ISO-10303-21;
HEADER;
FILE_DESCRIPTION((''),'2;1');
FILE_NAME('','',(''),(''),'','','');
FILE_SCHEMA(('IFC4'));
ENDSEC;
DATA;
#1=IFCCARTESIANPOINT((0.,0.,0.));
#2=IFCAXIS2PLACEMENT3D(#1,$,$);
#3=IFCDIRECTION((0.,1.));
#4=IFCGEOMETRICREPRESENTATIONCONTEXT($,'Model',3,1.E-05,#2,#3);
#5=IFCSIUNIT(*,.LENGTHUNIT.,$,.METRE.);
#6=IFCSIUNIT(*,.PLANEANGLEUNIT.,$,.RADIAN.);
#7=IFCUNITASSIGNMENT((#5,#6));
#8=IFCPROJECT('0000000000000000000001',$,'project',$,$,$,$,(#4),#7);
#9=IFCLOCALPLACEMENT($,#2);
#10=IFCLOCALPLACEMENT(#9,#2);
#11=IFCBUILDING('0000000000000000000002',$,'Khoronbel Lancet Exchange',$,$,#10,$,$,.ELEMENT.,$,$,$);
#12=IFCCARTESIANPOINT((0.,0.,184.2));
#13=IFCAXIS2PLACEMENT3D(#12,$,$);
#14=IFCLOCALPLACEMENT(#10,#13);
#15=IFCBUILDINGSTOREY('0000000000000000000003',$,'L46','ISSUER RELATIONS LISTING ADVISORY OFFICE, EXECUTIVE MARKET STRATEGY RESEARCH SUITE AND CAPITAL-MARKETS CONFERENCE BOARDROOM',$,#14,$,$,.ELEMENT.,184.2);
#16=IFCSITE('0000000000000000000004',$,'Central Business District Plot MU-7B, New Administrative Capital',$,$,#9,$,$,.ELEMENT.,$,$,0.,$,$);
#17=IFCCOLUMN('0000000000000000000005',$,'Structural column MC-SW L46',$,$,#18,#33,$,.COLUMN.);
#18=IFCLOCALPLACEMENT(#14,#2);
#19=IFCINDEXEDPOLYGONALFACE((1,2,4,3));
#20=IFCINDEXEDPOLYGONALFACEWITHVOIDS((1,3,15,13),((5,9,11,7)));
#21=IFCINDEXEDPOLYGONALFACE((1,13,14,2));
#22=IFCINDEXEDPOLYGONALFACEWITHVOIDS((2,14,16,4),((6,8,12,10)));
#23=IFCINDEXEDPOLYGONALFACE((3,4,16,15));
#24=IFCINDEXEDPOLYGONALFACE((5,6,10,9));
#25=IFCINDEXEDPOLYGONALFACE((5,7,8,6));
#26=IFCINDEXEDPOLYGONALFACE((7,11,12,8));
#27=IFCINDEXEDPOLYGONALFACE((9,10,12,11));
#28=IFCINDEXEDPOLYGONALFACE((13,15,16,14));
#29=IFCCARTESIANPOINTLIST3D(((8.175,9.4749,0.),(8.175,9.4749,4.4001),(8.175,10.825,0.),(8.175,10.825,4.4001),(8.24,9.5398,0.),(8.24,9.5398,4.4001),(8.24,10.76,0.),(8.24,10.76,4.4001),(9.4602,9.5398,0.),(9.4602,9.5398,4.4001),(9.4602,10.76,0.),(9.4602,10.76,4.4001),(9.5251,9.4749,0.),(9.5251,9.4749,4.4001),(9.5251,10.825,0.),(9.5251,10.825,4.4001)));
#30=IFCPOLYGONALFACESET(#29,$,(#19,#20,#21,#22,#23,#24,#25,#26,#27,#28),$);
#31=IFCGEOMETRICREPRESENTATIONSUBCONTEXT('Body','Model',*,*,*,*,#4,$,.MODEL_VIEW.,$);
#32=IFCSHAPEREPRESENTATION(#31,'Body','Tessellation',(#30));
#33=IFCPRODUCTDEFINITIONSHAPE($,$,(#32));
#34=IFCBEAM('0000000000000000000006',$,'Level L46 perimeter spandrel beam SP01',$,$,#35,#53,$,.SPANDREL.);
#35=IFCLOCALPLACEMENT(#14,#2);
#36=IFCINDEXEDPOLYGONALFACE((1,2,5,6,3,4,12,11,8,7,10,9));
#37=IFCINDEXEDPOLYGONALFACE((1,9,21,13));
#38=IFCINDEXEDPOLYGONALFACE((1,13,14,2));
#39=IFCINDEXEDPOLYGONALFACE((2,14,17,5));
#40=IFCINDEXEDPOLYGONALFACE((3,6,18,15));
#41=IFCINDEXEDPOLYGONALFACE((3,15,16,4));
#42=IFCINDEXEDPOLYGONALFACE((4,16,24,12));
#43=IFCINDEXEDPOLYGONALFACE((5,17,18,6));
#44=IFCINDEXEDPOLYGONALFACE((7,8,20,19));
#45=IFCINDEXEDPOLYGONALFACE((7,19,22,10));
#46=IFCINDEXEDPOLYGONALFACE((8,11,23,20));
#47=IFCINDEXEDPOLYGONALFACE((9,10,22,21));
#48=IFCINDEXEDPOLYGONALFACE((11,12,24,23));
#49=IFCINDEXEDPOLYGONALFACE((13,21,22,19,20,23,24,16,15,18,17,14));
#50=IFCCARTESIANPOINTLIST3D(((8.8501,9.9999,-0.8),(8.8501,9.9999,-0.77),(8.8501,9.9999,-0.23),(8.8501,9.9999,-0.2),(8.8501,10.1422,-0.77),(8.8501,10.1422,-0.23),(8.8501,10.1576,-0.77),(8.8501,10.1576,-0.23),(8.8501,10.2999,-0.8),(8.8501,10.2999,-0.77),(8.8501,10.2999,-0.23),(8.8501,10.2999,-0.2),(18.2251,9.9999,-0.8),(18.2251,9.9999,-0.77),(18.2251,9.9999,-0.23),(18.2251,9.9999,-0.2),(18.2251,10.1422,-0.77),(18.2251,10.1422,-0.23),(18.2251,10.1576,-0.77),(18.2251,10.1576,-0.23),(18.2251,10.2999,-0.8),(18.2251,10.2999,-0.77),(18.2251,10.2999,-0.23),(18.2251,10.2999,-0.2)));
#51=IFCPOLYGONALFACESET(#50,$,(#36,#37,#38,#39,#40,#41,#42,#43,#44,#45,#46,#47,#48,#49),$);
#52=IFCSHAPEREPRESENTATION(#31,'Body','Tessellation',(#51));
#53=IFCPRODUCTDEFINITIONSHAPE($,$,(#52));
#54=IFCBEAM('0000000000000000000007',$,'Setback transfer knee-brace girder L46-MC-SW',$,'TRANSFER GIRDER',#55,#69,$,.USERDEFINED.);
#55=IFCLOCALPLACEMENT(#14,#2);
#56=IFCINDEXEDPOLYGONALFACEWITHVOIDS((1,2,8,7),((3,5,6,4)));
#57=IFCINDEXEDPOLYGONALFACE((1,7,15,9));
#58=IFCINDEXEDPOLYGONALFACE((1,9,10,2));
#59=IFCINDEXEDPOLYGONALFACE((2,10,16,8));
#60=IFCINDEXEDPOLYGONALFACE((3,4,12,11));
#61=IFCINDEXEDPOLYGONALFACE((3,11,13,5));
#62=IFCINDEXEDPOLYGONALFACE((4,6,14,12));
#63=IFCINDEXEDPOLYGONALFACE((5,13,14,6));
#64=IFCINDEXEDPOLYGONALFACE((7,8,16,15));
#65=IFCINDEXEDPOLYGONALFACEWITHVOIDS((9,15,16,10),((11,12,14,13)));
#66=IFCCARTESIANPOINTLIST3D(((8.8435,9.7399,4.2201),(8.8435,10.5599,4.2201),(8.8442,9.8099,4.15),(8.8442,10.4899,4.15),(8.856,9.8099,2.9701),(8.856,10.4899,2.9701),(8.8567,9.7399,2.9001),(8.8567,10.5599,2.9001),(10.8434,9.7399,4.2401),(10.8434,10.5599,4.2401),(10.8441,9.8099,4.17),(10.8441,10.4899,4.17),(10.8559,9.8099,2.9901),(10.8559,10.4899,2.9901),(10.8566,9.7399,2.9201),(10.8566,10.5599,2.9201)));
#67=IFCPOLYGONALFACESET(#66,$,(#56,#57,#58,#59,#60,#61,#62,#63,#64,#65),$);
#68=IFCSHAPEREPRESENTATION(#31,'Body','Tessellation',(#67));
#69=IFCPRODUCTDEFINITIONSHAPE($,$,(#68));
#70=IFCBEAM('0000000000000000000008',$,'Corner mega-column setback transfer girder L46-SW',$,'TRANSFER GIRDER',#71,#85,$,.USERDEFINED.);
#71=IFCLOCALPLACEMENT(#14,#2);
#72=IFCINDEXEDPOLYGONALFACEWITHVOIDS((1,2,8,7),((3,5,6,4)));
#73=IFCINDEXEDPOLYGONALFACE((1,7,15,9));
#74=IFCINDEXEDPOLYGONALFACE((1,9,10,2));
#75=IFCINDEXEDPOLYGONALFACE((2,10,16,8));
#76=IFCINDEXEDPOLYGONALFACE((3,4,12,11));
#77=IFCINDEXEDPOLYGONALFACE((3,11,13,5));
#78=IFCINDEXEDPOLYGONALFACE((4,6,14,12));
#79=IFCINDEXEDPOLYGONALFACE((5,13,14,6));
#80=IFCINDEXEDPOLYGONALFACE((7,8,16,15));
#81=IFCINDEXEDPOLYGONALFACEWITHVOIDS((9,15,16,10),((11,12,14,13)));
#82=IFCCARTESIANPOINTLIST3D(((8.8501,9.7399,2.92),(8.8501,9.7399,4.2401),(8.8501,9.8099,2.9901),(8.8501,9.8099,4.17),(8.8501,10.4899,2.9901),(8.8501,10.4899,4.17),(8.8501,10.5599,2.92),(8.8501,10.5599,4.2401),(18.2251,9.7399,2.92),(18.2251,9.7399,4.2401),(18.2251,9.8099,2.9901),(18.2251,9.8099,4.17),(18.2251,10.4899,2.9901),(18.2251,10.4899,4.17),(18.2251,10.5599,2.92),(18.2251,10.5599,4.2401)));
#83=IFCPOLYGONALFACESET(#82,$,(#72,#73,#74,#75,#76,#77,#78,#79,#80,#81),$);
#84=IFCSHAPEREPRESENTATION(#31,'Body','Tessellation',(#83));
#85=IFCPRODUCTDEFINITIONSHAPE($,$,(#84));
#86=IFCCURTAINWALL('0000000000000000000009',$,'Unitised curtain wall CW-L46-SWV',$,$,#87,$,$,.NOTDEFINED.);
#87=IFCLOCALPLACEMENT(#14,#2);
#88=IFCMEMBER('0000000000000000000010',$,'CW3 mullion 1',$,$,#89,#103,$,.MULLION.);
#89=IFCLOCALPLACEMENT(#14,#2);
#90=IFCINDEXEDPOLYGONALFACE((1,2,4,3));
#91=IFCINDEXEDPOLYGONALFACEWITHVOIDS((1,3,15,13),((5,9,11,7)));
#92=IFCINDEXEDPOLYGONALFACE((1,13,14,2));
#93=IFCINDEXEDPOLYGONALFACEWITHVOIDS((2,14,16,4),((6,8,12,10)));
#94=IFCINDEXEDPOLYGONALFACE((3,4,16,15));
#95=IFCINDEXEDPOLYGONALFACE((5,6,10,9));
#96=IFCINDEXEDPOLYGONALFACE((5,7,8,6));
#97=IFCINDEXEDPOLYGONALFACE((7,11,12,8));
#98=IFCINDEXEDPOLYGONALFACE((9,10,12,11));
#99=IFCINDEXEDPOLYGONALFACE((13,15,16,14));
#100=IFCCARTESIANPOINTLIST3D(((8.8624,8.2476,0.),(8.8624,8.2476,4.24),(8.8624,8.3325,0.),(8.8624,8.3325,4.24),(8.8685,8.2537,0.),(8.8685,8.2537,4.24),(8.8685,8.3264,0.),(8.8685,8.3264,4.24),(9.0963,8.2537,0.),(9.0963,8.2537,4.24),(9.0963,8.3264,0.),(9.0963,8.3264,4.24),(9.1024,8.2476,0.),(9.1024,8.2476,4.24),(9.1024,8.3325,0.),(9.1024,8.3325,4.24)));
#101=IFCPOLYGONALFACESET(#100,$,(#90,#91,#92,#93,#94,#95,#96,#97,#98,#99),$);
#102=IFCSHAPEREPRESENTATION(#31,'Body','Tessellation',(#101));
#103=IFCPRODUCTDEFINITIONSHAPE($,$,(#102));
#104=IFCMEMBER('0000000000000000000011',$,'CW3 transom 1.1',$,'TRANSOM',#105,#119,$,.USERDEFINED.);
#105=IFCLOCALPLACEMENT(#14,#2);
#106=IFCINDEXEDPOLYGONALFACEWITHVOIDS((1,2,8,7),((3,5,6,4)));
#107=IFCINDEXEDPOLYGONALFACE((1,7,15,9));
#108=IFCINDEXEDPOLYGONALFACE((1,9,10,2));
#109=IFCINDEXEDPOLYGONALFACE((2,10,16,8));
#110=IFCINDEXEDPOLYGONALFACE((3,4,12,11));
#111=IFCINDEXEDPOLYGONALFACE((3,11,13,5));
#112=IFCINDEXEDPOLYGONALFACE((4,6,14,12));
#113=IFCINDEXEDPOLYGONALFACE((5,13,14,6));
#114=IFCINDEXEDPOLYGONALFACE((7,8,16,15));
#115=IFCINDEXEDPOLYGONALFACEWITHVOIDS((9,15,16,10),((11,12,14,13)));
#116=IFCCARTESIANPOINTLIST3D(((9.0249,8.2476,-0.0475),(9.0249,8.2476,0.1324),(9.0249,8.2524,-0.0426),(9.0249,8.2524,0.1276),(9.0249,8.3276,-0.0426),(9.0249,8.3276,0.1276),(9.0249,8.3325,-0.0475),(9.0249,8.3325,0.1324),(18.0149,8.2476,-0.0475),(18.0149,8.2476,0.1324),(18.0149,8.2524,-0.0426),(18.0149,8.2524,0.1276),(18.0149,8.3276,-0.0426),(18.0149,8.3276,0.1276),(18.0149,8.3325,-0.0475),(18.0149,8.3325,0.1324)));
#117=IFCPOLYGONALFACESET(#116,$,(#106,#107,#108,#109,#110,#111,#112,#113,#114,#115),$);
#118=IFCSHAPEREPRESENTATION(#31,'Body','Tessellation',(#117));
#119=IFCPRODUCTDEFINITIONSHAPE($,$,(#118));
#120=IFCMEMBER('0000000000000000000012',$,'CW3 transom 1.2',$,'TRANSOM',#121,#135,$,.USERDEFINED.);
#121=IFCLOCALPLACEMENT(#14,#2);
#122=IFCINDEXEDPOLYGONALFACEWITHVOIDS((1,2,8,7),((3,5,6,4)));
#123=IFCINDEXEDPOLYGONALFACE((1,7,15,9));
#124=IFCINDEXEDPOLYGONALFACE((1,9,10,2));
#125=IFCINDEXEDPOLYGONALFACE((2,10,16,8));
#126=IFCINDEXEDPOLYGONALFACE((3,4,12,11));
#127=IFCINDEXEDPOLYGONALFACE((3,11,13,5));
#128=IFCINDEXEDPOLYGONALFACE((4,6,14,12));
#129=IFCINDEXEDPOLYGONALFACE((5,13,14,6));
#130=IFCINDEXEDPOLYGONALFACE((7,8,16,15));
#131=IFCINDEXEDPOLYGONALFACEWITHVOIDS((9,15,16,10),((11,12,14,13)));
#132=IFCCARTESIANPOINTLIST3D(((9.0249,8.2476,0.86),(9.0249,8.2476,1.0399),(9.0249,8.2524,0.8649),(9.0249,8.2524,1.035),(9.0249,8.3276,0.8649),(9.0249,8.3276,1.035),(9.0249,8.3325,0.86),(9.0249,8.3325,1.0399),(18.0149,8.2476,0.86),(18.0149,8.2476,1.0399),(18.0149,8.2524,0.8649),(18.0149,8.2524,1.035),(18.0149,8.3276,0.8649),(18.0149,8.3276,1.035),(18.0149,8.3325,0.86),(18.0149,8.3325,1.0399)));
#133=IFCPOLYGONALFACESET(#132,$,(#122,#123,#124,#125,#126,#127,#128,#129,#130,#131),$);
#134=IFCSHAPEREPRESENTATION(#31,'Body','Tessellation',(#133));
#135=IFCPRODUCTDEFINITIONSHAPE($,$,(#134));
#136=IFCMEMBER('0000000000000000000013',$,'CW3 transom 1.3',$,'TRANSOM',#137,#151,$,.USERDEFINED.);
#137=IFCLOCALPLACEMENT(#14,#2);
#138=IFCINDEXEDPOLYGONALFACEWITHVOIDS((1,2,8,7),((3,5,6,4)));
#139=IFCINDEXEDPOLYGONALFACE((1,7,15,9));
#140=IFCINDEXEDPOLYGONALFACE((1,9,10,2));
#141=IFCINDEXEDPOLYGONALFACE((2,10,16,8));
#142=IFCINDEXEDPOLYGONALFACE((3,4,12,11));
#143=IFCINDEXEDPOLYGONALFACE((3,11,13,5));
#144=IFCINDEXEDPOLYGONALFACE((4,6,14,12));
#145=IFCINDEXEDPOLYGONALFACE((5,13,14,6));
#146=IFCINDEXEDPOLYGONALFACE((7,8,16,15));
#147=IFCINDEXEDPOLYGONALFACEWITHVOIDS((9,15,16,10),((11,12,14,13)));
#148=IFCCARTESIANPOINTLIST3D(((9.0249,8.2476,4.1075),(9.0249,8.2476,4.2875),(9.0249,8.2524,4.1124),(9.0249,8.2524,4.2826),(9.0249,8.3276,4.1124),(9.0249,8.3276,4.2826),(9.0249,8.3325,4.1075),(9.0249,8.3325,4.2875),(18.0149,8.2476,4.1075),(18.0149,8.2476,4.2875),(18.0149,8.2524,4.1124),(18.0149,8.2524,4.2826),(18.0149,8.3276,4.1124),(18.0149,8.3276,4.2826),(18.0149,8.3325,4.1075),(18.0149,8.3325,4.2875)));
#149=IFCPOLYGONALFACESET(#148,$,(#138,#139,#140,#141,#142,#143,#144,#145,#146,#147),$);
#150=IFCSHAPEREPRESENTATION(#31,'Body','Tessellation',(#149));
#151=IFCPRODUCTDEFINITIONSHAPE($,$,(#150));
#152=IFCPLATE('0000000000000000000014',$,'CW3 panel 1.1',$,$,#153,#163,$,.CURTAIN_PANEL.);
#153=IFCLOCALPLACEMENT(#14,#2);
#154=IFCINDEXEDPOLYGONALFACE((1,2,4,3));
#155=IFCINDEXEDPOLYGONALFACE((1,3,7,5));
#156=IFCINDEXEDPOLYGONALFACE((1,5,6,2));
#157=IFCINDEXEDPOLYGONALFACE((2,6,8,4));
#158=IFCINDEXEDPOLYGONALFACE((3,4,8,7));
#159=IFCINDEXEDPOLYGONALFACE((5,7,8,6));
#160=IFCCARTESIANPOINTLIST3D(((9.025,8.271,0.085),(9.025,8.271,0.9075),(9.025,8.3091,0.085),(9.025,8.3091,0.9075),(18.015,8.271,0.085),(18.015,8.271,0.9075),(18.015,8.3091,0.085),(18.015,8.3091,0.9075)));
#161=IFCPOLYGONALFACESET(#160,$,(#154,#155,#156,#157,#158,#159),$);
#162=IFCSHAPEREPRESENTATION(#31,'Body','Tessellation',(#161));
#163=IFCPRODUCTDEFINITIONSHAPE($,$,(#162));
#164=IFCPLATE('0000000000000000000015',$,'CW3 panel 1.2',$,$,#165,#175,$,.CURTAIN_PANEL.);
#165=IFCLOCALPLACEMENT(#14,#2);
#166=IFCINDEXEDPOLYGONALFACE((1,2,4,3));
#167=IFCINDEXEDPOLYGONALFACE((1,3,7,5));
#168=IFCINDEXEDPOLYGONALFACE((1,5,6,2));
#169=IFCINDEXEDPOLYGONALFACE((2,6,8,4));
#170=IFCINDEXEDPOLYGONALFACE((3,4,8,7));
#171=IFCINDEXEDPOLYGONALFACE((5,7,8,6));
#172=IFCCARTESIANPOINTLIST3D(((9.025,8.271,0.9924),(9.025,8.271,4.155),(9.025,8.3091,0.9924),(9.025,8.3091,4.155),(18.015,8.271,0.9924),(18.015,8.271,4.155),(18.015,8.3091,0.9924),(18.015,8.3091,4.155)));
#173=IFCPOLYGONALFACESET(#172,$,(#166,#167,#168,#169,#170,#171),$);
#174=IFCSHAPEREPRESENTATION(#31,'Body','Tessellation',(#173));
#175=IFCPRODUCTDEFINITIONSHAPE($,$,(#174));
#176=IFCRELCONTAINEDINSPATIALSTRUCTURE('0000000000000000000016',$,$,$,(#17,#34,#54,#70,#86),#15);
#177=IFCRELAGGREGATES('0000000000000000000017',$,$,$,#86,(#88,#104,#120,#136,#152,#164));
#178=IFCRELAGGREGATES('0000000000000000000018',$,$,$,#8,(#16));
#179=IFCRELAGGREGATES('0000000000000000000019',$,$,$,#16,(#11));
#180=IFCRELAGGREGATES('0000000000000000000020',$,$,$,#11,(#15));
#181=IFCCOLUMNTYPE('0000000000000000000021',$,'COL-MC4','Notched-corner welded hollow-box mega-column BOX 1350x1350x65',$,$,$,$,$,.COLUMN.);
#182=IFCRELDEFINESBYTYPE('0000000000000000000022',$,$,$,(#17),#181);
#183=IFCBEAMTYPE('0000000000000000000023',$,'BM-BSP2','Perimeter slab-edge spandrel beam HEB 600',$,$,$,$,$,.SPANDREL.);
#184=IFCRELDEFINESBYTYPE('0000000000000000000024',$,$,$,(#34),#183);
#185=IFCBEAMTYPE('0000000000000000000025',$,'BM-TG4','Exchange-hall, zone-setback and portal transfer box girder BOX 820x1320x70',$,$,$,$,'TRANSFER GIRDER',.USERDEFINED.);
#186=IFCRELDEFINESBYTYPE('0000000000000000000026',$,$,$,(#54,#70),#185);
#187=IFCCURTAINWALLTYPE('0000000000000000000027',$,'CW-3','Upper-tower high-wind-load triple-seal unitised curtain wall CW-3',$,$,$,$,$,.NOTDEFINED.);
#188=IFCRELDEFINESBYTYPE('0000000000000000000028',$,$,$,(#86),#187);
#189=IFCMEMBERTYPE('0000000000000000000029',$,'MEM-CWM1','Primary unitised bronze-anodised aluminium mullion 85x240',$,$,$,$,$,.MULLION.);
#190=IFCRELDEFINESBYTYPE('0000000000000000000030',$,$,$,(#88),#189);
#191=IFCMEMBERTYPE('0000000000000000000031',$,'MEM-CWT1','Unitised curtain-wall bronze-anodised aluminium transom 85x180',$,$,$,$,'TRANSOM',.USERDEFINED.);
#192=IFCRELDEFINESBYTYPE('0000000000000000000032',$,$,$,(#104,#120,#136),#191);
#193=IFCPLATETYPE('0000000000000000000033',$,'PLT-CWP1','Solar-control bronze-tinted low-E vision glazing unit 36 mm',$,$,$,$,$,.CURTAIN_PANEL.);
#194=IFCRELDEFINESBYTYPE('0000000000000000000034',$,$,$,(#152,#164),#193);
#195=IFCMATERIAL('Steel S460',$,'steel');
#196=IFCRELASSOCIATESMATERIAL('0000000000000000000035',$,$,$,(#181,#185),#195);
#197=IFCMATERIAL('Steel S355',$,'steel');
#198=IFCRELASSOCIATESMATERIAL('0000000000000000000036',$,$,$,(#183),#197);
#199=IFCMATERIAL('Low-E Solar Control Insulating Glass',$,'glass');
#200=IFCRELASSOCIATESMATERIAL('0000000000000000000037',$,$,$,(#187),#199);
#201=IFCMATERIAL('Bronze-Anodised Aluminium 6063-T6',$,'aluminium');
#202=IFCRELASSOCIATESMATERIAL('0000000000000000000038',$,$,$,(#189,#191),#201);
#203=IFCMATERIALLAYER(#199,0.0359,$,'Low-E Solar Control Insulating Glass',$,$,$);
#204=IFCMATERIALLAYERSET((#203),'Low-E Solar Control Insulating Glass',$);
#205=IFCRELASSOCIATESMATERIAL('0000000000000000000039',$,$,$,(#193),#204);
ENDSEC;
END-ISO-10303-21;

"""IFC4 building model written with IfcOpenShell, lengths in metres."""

from ifc_helpers import new_model, si_unit, direction, frame, origin, origin_2d, place, context, subcontext, project, spatial, rectangle, hollow_rectangle, i_section, extrude, material, layer, layer_set, material_profile, profile_set, type_object, element, aggregate, save


model = new_model("IFC4")

# Units and contexts
model_context = context("Model", 3, precision=1e-05, world=origin(), true_north=direction((0.0, 1.0)))
body_context = subcontext(model_context, "Body", "Model", "MODEL_VIEW")
ifc_project = project(units=[si_unit("LENGTHUNIT", "METRE"), si_unit("PLANEANGLEUNIT", "RADIAN")], contexts=[model_context])

# Site, building, storey
site_placement = place(None, origin())
site = spatial("IfcSite", under=ifc_project, at=site_placement, Name="Central Business District Plot MU-7B, New Administrative Capital", CompositionType="ELEMENT", RefElevation=0.0)
building_placement = place(site_placement, origin())
building = spatial("IfcBuilding", under=site, at=building_placement, Name="Khoronbel Lancet Exchange", CompositionType="ELEMENT")
storey_placement = place(building_placement, frame((0.0, 0.0, 184.2)))
storey = spatial("IfcBuildingStorey", under=building, at=storey_placement, Name="L46", Description="ISSUER RELATIONS LISTING ADVISORY OFFICE, EXECUTIVE MARKET STRATEGY RESEARCH SUITE AND CAPITAL-MARKETS CONFERENCE BOARDROOM", CompositionType="ELEMENT", Elevation=184.2)

# Column
ifc_material_1 = material(Name="Steel S460", Category="steel")
ifc_material_profile_1 = material_profile(ifc_material_1, hollow_rectangle(XDim=1.3501, YDim=1.3501, WallThickness=0.0649, at=origin_2d()), Name="BOX 1350x1350x65")
ifc_profile_set_1 = profile_set([ifc_material_profile_1], Name="Steel S460")
column_type = type_object("IfcColumnType", Name="COL-MC4", Description="Notched-corner welded hollow-box mega-column BOX 1350x1350x65", PredefinedType="COLUMN", material=ifc_profile_set_1)
column_placement = place(storey_placement, frame((8.8501, 10.1499, 0.0), z_axis=(0.0, 0.0, 1.0), x_axis=(1.0, 0.0, 0.0)))
element("IfcColumn", 1, at=column_placement, inside=storey, type_object=column_type, Name="Structural column MC-SW L46", PredefinedType="COLUMN", context=body_context, shape_type="SweptSolid", body=[
    extrude(hollow_rectangle(XDim=1.3501, YDim=1.3501, WallThickness=0.0649, at=origin_2d()), origin(), (0.0, 0.0, 1.0), 4.4001),
])

# Beams
ifc_material_2 = material(Name="Steel S355", Category="steel")
ifc_material_profile_2 = material_profile(ifc_material_2, i_section(OverallWidth=0.3, OverallDepth=0.6001, WebThickness=0.0154, FlangeThickness=0.03, at=origin_2d()), Name="HEB 600")
ifc_profile_set_2 = profile_set([ifc_material_profile_2], Name="Steel S355")
beam_type_1 = type_object("IfcBeamType", Name="BM-BSP2", Description="Perimeter slab-edge spandrel beam HEB 600", PredefinedType="SPANDREL", material=ifc_profile_set_2)
beam_1_placement = place(storey_placement, frame((8.8501, 10.1499, -0.5), z_axis=(1.0, 0.0, 0.0), x_axis=(0.0, 1.0, 0.0)))
element("IfcBeam", 2, at=beam_1_placement, inside=storey, type_object=beam_type_1, Name="Level L46 perimeter spandrel beam SP01", PredefinedType="SPANDREL", context=body_context, shape_type="SweptSolid", body=[
    extrude(i_section(OverallWidth=0.3, OverallDepth=0.6001, WebThickness=0.0154, FlangeThickness=0.03, at=origin_2d()), origin(), (0.0, 0.0, 1.0), 9.375),
])
ifc_material_profile_3 = material_profile(ifc_material_1, hollow_rectangle(XDim=0.8201, YDim=1.3201, WallThickness=0.0701, at=origin_2d()), Name="BOX 820x1320x70")
ifc_profile_set_3 = profile_set([ifc_material_profile_3], Name="Steel S460")
beam_type_2 = type_object("IfcBeamType", Name="BM-TG4", Description="Exchange-hall, zone-setback and portal transfer box girder BOX 820x1320x70", ElementType="TRANSFER GIRDER", PredefinedType="USERDEFINED", material=ifc_profile_set_3)
beam_2_placement = place(storey_placement, frame((8.8501, 10.1499, 3.5601), z_axis=(0.99995, 0.0, 0.010009), x_axis=(0.0, 1.0, 0.0)))
element("IfcBeam", 3, at=beam_2_placement, inside=storey, type_object=beam_type_2, Name="Setback transfer knee-brace girder L46-MC-SW", ObjectType="TRANSFER GIRDER", PredefinedType="USERDEFINED", context=body_context, shape_type="SweptSolid", body=[
    extrude(hollow_rectangle(XDim=0.8201, YDim=1.3201, WallThickness=0.0701, at=origin_2d()), origin(), (0.0, 0.0, 1.0), 2.0),
])
beam_3_placement = place(storey_placement, frame((8.8501, 10.1499, 3.5801), z_axis=(1.0, 0.0, 0.0), x_axis=(0.0, 1.0, 0.0)))
element("IfcBeam", 4, at=beam_3_placement, inside=storey, type_object=beam_type_2, Name="Corner mega-column setback transfer girder L46-SW", ObjectType="TRANSFER GIRDER", PredefinedType="USERDEFINED", context=body_context, shape_type="SweptSolid", body=[
    extrude(hollow_rectangle(XDim=0.8201, YDim=1.3201, WallThickness=0.0701, at=origin_2d()), origin(), (0.0, 0.0, 1.0), 9.375),
])

# Curtain wall, members, plates
ifc_material_3 = material(Name="Low-E Solar Control Insulating Glass", Category="glass")
curtain_wall_type = type_object("IfcCurtainWallType", Name="CW-3", Description="Upper-tower high-wind-load triple-seal unitised curtain wall CW-3", PredefinedType="NOTDEFINED", material=ifc_material_3)
curtain_wall_placement = place(storey_placement, origin())
curtain_wall = element("IfcCurtainWall", 5, at=curtain_wall_placement, inside=storey, type_object=curtain_wall_type, Name="Unitised curtain wall CW-L46-SWV", PredefinedType="NOTDEFINED")
ifc_material_4 = material(Name="Bronze-Anodised Aluminium 6063-T6", Category="aluminium")
ifc_material_profile_4 = material_profile(ifc_material_4, hollow_rectangle(XDim=0.085, YDim=0.24, WallThickness=0.0061, at=origin_2d()), Name="ALU MULLION 85x240")
ifc_profile_set_4 = profile_set([ifc_material_profile_4], Name="Bronze-Anodised Aluminium 6063-T6")
member_type_1 = type_object("IfcMemberType", Name="MEM-CWM1", Description="Primary unitised bronze-anodised aluminium mullion 85x240", PredefinedType="MULLION", material=ifc_profile_set_4)
member_1_placement = place(storey_placement, frame((8.9824, 8.29, 0.0), z_axis=(0.0, 0.0, 1.0), x_axis=(0.0, 1.0, 0.0)))
member_1 = element("IfcMember", 6, at=member_1_placement, type_object=member_type_1, Name="CW3 mullion 1", PredefinedType="MULLION", context=body_context, shape_type="SweptSolid", body=[
    extrude(hollow_rectangle(XDim=0.085, YDim=0.24, WallThickness=0.0061, at=origin_2d()), origin(), (0.0, 0.0, 1.0), 4.24),
])
ifc_material_profile_5 = material_profile(ifc_material_4, hollow_rectangle(XDim=0.085, YDim=0.1799, WallThickness=0.0049, at=origin_2d()), Name="ALU TRANSOM 85x180")
ifc_profile_set_5 = profile_set([ifc_material_profile_5], Name="Bronze-Anodised Aluminium 6063-T6")
member_type_2 = type_object("IfcMemberType", Name="MEM-CWT1", Description="Unitised curtain-wall bronze-anodised aluminium transom 85x180", ElementType="TRANSOM", PredefinedType="USERDEFINED", material=ifc_profile_set_5)
member_2_placement = place(storey_placement, frame((9.0249, 8.29, 0.0425), z_axis=(1.0, 0.0, 0.0), x_axis=(0.0, 1.0, 0.0)))
member_2 = element("IfcMember", 7, at=member_2_placement, type_object=member_type_2, Name="CW3 transom 1.1", ObjectType="TRANSOM", PredefinedType="USERDEFINED", context=body_context, shape_type="SweptSolid", body=[
    extrude(hollow_rectangle(XDim=0.085, YDim=0.1799, WallThickness=0.0049, at=origin_2d()), origin(), (0.0, 0.0, 1.0), 8.99),
])
member_3_placement = place(storey_placement, frame((9.0249, 8.29, 0.95), z_axis=(1.0, 0.0, 0.0), x_axis=(0.0, 1.0, 0.0)))
member_3 = element("IfcMember", 8, at=member_3_placement, type_object=member_type_2, Name="CW3 transom 1.2", ObjectType="TRANSOM", PredefinedType="USERDEFINED", context=body_context, shape_type="SweptSolid", body=[
    extrude(hollow_rectangle(XDim=0.085, YDim=0.1799, WallThickness=0.0049, at=origin_2d()), origin(), (0.0, 0.0, 1.0), 8.99),
])
member_4_placement = place(storey_placement, frame((9.0249, 8.29, 4.1975), z_axis=(1.0, 0.0, 0.0), x_axis=(0.0, 1.0, 0.0)))
member_4 = element("IfcMember", 9, at=member_4_placement, type_object=member_type_2, Name="CW3 transom 1.3", ObjectType="TRANSOM", PredefinedType="USERDEFINED", context=body_context, shape_type="SweptSolid", body=[
    extrude(hollow_rectangle(XDim=0.085, YDim=0.1799, WallThickness=0.0049, at=origin_2d()), origin(), (0.0, 0.0, 1.0), 8.99),
])
ifc_layer_1 = layer(ifc_material_3, 0.0359, Name="Low-E Solar Control Insulating Glass")
ifc_layer_set_1 = layer_set([ifc_layer_1], Name="Low-E Solar Control Insulating Glass")
plate_type_1 = type_object("IfcPlateType", Name="PLT-CWP1", Description="Solar-control bronze-tinted low-E vision glazing unit 36 mm", PredefinedType="CURTAIN_PANEL", material=ifc_layer_set_1)
plate_1_placement = place(storey_placement, frame((13.52, 8.29, 0.085), z_axis=(0.0, 0.0, 1.0), x_axis=(1.0, 0.0, 0.0)))
plate_1 = element("IfcPlate", 10, at=plate_1_placement, type_object=plate_type_1, Name="CW3 panel 1.1", PredefinedType="CURTAIN_PANEL", context=body_context, shape_type="SweptSolid", body=[
    extrude(rectangle(XDim=8.99, YDim=0.0381, at=origin_2d()), origin(), (0.0, 0.0, 1.0), 0.8225),
])
plate_2_placement = place(storey_placement, frame((13.52, 8.29, 0.9924), z_axis=(0.0, 0.0, 1.0), x_axis=(1.0, 0.0, 0.0)))
plate_2 = element("IfcPlate", 11, at=plate_2_placement, type_object=plate_type_1, Name="CW3 panel 1.2", PredefinedType="CURTAIN_PANEL", context=body_context, shape_type="SweptSolid", body=[
    extrude(rectangle(XDim=8.99, YDim=0.0381, at=origin_2d()), origin(), (0.0, 0.0, 1.0), 3.1626),
])
aggregate(curtain_wall, [member_1, member_2, member_3, member_4, plate_1, plate_2])

save(model, "model.ifc")
